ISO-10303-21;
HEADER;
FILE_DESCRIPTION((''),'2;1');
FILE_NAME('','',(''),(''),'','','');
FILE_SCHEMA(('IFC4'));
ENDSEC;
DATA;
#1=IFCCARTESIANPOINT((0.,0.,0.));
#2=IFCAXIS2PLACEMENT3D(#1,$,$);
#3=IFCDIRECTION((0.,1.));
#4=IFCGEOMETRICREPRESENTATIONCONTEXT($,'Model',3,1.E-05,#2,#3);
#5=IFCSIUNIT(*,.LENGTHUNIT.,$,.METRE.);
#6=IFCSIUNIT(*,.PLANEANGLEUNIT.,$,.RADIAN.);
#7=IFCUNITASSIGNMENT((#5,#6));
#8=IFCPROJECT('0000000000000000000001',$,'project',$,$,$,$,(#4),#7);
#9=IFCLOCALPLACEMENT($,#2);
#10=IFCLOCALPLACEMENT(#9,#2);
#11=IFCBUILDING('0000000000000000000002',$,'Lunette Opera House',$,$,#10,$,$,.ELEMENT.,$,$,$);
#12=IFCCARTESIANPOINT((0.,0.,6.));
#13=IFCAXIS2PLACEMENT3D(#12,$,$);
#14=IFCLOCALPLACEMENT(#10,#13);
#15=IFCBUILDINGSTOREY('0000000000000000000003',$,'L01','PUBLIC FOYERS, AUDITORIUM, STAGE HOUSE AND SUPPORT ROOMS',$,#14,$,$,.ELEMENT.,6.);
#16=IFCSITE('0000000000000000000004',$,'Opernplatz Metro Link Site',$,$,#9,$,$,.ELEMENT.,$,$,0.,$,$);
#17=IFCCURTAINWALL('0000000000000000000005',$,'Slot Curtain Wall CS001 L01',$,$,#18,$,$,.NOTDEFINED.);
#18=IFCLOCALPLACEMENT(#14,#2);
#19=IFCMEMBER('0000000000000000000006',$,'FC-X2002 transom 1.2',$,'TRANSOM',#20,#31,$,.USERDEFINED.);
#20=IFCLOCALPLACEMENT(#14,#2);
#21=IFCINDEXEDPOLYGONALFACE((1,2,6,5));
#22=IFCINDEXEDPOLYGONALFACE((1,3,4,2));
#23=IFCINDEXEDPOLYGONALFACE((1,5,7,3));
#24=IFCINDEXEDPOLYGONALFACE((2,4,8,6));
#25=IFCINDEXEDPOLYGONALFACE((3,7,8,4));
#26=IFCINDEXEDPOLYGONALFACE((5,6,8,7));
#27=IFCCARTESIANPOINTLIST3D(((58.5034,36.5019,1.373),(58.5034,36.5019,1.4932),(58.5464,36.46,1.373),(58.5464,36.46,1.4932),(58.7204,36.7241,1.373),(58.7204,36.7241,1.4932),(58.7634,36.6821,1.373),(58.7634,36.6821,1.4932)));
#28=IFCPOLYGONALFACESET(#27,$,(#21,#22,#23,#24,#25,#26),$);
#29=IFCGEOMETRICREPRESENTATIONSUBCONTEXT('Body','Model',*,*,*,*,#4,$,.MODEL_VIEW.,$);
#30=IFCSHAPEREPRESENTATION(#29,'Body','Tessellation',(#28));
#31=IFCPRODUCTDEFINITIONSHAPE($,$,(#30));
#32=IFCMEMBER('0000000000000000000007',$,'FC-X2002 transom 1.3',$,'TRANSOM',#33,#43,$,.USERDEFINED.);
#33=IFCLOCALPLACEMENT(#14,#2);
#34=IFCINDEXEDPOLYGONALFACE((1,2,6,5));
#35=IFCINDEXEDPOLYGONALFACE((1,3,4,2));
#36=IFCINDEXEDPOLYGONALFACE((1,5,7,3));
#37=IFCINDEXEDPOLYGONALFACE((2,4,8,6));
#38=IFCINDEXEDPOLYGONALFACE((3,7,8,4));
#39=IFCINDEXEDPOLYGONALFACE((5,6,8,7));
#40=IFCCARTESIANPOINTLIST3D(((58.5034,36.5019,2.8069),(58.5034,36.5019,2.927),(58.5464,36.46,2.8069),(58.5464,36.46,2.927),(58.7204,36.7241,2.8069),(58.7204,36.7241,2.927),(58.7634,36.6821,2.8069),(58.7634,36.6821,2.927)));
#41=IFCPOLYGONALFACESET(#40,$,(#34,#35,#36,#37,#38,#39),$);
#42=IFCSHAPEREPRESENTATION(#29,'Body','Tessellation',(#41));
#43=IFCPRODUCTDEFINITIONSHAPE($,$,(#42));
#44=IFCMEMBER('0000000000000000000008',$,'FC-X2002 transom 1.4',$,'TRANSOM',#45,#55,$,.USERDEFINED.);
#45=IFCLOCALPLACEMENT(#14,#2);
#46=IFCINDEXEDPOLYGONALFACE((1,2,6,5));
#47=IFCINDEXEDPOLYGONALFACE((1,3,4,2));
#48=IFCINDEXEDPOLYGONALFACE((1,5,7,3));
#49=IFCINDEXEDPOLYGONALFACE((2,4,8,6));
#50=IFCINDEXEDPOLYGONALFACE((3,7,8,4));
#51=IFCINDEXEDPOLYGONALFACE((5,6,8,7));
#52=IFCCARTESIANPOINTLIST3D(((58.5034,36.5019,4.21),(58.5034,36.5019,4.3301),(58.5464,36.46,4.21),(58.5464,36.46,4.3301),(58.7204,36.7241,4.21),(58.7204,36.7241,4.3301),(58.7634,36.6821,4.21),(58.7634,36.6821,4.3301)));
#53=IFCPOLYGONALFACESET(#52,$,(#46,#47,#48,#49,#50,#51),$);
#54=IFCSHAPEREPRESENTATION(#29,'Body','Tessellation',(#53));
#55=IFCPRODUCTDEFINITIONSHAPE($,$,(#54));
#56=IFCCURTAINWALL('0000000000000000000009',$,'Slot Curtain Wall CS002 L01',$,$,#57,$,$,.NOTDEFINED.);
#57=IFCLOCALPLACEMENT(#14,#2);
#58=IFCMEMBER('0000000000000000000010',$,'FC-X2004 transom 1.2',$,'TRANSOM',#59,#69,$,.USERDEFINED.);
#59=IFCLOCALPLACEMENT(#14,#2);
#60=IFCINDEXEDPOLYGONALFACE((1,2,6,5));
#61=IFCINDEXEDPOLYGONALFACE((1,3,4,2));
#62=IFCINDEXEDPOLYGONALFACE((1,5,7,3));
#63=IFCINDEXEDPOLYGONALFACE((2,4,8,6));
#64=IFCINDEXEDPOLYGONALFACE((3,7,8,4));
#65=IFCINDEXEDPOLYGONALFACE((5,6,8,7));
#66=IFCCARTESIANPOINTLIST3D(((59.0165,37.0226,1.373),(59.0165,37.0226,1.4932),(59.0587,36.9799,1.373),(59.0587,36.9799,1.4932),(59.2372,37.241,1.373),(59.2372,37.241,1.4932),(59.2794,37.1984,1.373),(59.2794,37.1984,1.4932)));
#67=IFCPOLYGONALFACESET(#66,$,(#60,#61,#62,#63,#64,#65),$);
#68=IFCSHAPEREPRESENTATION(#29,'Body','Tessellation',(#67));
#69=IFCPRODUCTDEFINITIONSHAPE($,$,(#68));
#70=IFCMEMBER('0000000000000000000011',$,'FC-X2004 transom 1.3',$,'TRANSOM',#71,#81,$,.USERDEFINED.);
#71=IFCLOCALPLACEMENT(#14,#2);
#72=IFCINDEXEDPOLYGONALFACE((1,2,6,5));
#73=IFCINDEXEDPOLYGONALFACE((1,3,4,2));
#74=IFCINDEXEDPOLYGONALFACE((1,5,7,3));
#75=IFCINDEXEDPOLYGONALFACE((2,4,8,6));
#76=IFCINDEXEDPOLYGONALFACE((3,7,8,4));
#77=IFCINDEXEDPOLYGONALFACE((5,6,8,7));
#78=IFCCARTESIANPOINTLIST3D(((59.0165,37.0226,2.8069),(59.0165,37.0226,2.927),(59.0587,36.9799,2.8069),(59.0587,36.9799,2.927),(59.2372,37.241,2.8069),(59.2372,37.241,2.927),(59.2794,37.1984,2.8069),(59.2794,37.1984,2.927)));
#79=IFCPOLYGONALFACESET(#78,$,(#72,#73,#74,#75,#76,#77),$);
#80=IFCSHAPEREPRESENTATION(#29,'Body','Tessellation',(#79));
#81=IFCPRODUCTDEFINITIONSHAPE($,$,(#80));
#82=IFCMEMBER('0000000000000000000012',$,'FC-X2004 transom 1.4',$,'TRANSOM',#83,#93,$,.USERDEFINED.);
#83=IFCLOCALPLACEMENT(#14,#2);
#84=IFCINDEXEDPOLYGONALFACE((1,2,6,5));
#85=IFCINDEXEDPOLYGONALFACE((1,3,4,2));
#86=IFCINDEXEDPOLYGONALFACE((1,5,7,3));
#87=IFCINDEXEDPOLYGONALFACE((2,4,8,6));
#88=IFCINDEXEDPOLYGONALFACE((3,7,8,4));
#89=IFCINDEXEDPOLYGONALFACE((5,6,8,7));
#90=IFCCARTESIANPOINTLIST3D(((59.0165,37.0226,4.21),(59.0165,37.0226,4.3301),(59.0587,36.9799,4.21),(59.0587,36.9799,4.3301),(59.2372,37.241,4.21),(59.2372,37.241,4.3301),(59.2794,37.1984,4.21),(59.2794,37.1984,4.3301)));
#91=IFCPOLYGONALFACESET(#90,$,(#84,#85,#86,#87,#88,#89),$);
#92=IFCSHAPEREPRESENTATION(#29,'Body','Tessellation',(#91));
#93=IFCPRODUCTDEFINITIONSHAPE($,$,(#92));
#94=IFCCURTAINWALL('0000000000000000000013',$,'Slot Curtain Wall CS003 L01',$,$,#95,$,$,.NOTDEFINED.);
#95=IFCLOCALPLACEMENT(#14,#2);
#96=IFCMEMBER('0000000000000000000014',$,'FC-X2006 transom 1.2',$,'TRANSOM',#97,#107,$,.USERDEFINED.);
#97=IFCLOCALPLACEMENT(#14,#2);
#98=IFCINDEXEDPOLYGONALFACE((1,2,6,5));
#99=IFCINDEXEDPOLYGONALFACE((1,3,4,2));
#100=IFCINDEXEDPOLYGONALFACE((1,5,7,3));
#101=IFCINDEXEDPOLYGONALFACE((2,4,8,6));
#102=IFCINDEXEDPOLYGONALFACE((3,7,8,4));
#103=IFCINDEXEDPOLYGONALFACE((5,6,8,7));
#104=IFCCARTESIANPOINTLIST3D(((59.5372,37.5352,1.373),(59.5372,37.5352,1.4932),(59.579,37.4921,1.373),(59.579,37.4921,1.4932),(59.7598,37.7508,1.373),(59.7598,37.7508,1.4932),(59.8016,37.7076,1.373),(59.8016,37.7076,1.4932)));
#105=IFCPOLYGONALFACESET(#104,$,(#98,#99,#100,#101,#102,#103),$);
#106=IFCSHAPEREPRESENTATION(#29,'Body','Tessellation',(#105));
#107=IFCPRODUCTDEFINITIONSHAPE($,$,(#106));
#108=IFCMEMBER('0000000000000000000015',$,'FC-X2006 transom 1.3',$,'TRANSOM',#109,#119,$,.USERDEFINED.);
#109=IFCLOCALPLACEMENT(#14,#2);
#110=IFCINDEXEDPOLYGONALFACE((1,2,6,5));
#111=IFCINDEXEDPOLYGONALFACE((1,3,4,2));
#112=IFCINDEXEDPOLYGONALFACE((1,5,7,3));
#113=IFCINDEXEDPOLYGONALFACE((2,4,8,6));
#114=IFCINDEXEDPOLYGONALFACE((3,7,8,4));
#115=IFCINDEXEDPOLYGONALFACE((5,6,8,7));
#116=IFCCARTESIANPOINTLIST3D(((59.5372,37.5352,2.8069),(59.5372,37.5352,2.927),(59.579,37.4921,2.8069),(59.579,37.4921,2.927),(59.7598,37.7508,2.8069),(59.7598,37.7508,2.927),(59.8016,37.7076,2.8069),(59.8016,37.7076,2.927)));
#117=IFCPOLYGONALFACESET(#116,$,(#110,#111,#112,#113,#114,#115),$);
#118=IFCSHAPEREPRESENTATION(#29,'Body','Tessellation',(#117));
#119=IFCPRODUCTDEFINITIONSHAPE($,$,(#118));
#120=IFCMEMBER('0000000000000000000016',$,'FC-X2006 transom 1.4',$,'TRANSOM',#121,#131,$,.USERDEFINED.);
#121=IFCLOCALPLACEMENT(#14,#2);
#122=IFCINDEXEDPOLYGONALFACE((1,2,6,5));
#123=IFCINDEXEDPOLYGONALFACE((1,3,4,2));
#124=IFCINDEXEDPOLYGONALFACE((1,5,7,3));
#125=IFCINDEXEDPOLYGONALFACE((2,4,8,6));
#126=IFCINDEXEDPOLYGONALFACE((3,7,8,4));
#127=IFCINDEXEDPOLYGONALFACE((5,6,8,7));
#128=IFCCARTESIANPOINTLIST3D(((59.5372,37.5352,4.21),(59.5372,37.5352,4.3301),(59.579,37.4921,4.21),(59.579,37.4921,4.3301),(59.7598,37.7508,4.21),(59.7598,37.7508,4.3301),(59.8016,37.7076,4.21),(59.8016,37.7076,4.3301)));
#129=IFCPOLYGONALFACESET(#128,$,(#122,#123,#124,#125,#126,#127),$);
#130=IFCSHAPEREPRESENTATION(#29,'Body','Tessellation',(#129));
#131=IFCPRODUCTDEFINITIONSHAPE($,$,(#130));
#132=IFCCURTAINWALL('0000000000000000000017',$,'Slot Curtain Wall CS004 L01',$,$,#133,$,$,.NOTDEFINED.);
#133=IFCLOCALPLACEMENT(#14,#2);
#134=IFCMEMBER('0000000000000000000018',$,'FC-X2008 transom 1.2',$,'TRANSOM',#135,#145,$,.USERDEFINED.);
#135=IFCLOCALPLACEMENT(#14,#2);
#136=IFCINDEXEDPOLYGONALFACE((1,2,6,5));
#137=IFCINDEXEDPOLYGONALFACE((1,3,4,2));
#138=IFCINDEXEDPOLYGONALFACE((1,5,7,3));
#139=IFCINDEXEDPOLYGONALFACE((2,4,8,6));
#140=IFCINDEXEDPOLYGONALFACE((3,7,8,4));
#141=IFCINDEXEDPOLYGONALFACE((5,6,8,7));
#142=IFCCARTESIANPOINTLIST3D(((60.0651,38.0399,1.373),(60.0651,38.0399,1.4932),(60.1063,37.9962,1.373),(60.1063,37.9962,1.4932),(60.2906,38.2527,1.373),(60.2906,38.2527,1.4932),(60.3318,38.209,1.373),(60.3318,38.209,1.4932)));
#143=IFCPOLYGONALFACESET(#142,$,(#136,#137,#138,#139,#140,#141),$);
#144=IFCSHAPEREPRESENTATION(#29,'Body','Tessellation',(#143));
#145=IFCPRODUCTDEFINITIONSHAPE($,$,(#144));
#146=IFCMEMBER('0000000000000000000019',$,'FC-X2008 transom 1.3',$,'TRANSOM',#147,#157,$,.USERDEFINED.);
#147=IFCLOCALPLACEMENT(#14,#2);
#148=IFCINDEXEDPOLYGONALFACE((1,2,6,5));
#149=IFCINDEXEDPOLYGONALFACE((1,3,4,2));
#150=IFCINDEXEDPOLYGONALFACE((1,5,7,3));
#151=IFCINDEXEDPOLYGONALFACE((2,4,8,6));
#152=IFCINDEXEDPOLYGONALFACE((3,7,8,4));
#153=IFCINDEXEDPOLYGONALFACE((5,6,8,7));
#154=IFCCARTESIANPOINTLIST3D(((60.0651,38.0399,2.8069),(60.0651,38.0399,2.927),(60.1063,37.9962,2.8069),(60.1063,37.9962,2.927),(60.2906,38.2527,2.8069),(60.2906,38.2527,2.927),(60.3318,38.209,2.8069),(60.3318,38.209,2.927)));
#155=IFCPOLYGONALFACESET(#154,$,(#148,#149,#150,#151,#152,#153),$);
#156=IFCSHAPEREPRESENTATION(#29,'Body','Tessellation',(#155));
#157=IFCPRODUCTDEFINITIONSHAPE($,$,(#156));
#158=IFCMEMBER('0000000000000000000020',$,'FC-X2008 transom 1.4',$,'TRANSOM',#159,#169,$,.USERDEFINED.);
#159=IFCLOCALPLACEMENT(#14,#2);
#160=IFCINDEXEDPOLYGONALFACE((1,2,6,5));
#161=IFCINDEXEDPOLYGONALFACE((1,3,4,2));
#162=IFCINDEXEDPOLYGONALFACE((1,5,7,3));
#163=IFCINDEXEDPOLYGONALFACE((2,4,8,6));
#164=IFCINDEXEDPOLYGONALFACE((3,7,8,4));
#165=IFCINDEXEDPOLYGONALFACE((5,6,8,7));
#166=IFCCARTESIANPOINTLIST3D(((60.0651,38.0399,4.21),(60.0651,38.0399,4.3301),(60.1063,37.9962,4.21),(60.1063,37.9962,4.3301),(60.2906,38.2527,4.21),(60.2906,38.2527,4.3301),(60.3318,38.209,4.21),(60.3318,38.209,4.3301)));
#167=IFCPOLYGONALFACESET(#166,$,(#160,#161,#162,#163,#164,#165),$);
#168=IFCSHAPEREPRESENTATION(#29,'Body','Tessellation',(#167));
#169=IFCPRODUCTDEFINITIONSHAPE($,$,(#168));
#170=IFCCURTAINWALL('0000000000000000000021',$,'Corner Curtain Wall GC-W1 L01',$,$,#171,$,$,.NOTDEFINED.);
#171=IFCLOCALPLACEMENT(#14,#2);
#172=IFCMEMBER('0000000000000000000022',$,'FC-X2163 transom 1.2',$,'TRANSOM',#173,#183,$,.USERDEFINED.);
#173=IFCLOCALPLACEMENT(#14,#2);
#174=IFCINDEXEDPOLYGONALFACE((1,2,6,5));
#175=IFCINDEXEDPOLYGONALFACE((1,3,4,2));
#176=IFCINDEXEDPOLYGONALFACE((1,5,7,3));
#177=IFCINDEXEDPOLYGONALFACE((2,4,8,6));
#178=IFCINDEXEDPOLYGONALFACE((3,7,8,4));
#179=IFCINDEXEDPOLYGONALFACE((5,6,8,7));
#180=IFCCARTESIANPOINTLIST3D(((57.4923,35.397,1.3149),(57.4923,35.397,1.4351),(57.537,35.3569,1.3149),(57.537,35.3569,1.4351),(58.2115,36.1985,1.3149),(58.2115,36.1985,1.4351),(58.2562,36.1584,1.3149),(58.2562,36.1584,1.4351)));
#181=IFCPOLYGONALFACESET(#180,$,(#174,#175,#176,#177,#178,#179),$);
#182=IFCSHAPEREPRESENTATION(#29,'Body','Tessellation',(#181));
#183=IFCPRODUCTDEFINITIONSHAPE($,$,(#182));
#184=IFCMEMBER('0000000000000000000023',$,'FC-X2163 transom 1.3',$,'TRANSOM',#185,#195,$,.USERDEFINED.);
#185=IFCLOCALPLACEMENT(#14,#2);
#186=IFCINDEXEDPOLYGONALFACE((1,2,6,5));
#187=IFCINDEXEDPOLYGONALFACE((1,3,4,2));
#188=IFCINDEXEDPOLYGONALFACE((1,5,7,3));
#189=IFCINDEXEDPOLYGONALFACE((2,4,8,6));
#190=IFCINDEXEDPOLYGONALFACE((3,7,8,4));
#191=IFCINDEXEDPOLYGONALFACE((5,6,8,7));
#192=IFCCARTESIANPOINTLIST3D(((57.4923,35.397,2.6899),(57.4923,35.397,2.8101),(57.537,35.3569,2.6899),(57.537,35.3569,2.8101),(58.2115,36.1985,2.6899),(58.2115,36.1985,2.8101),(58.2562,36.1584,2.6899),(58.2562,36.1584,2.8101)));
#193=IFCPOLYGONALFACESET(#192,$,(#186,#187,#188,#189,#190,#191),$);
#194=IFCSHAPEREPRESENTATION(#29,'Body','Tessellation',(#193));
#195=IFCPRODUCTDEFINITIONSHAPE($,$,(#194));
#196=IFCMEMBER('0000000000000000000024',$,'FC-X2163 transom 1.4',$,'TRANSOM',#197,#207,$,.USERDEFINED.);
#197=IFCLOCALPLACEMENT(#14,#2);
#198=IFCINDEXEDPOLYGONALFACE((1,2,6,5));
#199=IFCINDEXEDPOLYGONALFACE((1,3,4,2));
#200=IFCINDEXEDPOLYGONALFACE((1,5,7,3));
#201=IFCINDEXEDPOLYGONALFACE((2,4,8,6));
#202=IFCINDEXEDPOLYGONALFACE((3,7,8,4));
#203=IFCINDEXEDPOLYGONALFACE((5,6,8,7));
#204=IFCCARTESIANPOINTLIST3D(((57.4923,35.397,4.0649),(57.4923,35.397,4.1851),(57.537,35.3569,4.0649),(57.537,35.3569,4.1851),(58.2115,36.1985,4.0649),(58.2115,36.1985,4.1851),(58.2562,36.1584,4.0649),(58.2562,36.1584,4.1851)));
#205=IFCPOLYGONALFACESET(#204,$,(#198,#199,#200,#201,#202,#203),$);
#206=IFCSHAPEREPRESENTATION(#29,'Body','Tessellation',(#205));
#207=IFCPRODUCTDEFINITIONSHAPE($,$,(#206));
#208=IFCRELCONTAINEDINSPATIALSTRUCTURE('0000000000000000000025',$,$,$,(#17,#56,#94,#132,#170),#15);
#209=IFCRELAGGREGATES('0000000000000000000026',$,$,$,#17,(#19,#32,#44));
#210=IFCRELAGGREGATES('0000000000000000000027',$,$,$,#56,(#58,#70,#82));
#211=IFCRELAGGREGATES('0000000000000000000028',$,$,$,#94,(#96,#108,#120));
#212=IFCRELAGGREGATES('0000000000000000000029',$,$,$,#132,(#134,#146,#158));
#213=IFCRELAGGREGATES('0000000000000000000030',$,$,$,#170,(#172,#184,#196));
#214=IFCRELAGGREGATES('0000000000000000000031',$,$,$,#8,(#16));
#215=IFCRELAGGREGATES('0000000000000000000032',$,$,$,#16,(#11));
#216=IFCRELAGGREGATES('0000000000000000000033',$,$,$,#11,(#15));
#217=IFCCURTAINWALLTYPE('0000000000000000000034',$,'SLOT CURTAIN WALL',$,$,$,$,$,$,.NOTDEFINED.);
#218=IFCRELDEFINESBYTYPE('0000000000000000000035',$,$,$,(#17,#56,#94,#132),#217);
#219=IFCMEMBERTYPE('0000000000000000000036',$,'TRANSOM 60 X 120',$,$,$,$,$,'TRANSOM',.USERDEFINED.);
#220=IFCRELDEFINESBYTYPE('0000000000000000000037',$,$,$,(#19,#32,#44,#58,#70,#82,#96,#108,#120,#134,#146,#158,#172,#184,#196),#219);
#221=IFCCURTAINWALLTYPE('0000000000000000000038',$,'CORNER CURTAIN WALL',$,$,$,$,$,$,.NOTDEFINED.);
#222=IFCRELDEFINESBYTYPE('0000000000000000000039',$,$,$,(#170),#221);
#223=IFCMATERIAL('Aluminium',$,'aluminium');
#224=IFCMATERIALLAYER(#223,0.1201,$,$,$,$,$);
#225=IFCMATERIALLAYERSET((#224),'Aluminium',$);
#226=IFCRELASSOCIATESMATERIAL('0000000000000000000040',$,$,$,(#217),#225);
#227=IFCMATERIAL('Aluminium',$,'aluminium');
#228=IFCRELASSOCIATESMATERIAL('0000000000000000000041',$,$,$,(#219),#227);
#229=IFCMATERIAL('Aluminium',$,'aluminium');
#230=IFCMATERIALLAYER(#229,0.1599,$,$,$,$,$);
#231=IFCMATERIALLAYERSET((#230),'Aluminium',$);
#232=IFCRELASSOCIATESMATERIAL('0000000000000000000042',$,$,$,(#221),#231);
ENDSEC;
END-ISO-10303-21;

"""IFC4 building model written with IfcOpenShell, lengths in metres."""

from ifc_helpers import new_model, si_unit, direction, frame, origin, origin_2d, place, context, subcontext, project, spatial, rectangle, extrude, material, layer, layer_set, material_profile, profile_set, type_object, element, aggregate, save


model = new_model("IFC4")

# Units and contexts
model_context = context("Model", 3, precision=1e-05, world=origin(), true_north=direction((0.0, 1.0)))
body_context = subcontext(model_context, "Body", "Model", "MODEL_VIEW")
ifc_project = project(units=[si_unit("LENGTHUNIT", "METRE"), si_unit("PLANEANGLEUNIT", "RADIAN")], contexts=[model_context])

# Site, building, storey
site_placement = place(None, origin())
site = spatial("IfcSite", under=ifc_project, at=site_placement, Name="Opernplatz Metro Link Site", CompositionType="ELEMENT", RefElevation=0.0)
building_placement = place(site_placement, origin())
building = spatial("IfcBuilding", under=site, at=building_placement, Name="Lunette Opera House", CompositionType="ELEMENT")
storey_placement = place(building_placement, frame((0.0, 0.0, 6.0)))
storey = spatial("IfcBuildingStorey", under=building, at=storey_placement, Name="L01", Description="PUBLIC FOYERS, AUDITORIUM, STAGE HOUSE AND SUPPORT ROOMS", CompositionType="ELEMENT", Elevation=6.0)

# Curtain walls, members
ifc_material_1 = material(Name="Aluminium", Category="aluminium")
ifc_layer_1 = layer(ifc_material_1, 0.1201)
ifc_layer_set_1 = layer_set([ifc_layer_1], Name="Aluminium")
curtain_wall_type_1 = type_object("IfcCurtainWallType", Name="SLOT CURTAIN WALL", PredefinedType="NOTDEFINED", material=ifc_layer_set_1)
curtain_wall_1_placement = place(storey_placement, origin())
curtain_wall_1 = element("IfcCurtainWall", 1, at=curtain_wall_1_placement, inside=storey, type_object=curtain_wall_type_1, Name="Slot Curtain Wall CS001 L01", PredefinedType="NOTDEFINED")
ifc_material_2 = material(Name="Aluminium", Category="aluminium")
ifc_material_profile = material_profile(ifc_material_2, rectangle(XDim=0.0601, YDim=0.1201, at=origin_2d()), Name="TRANSOM 60 X 120")
ifc_profile_set = profile_set([ifc_material_profile], Name="Aluminium")
member_type = type_object("IfcMemberType", Name="TRANSOM 60 X 120", ElementType="TRANSOM", PredefinedType="USERDEFINED", material=ifc_profile_set)
member_1_placement = place(storey_placement, frame((58.5249, 36.481, 1.4331), z_axis=(0.698805, 0.715312, 0.0), x_axis=(-0.715312, 0.698805, 0.0)))
member_1 = element("IfcMember", 2, at=member_1_placement, type_object=member_type, Name="FC-X2002 transom 1.2", ObjectType="TRANSOM", PredefinedType="USERDEFINED", context=body_context, shape_type="SweptSolid", body=[
    extrude(rectangle(XDim=0.0601, YDim=0.1201, at=origin_2d()), origin(), (0.0, 0.0, 1.0), 0.3105),
])
member_2_placement = place(storey_placement, frame((58.5249, 36.481, 2.8669), z_axis=(0.698805, 0.715312, 0.0), x_axis=(-0.715312, 0.698805, 0.0)))
member_2 = element("IfcMember", 3, at=member_2_placement, type_object=member_type, Name="FC-X2002 transom 1.3", ObjectType="TRANSOM", PredefinedType="USERDEFINED", context=body_context, shape_type="SweptSolid", body=[
    extrude(rectangle(XDim=0.0601, YDim=0.1201, at=origin_2d()), origin(), (0.0, 0.0, 1.0), 0.3105),
])
member_3_placement = place(storey_placement, frame((58.5249, 36.481, 4.27), z_axis=(0.698805, 0.715312, 0.0), x_axis=(-0.715312, 0.698805, 0.0)))
member_3 = element("IfcMember", 4, at=member_3_placement, type_object=member_type, Name="FC-X2002 transom 1.4", ObjectType="TRANSOM", PredefinedType="USERDEFINED", context=body_context, shape_type="SweptSolid", body=[
    extrude(rectangle(XDim=0.0601, YDim=0.1201, at=origin_2d()), origin(), (0.0, 0.0, 1.0), 0.3105),
])
curtain_wall_2_placement = place(storey_placement, origin())
curtain_wall_2 = element("IfcCurtainWall", 5, at=curtain_wall_2_placement, inside=storey, type_object=curtain_wall_type_1, Name="Slot Curtain Wall CS002 L01", PredefinedType="NOTDEFINED")
member_4_placement = place(storey_placement, frame((59.0376, 37.0012, 1.4331), z_axis=(0.710635, 0.70356, 0.0), x_axis=(-0.70356, 0.710635, 0.0)))
member_4 = element("IfcMember", 6, at=member_4_placement, type_object=member_type, Name="FC-X2004 transom 1.2", ObjectType="TRANSOM", PredefinedType="USERDEFINED", context=body_context, shape_type="SweptSolid", body=[
    extrude(rectangle(XDim=0.0601, YDim=0.1201, at=origin_2d()), origin(), (0.0, 0.0, 1.0), 0.3105),
])
member_5_placement = place(storey_placement, frame((59.0376, 37.0012, 2.8669), z_axis=(0.710635, 0.70356, 0.0), x_axis=(-0.70356, 0.710635, 0.0)))
member_5 = element("IfcMember", 7, at=member_5_placement, type_object=member_type, Name="FC-X2004 transom 1.3", ObjectType="TRANSOM", PredefinedType="USERDEFINED", context=body_context, shape_type="SweptSolid", body=[
    extrude(rectangle(XDim=0.0601, YDim=0.1201, at=origin_2d()), origin(), (0.0, 0.0, 1.0), 0.3105),
])
member_6_placement = place(storey_placement, frame((59.0376, 37.0012, 4.27), z_axis=(0.710635, 0.70356, 0.0), x_axis=(-0.70356, 0.710635, 0.0)))
member_6 = element("IfcMember", 8, at=member_6_placement, type_object=member_type, Name="FC-X2004 transom 1.4", ObjectType="TRANSOM", PredefinedType="USERDEFINED", context=body_context, shape_type="SweptSolid", body=[
    extrude(rectangle(XDim=0.0601, YDim=0.1201, at=origin_2d()), origin(), (0.0, 0.0, 1.0), 0.3105),
])
curtain_wall_3_placement = place(storey_placement, origin())
curtain_wall_3 = element("IfcCurtainWall", 9, at=curtain_wall_3_placement, inside=storey, type_object=curtain_wall_type_1, Name="Slot Curtain Wall CS003 L01", PredefinedType="NOTDEFINED")
member_7_placement = place(storey_placement, frame((59.5581, 37.5137, 1.4331), z_axis=(0.718437, 0.695592, 0.0), x_axis=(-0.695592, 0.718437, 0.0)))
member_7 = element("IfcMember", 10, at=member_7_placement, type_object=member_type, Name="FC-X2006 transom 1.2", ObjectType="TRANSOM", PredefinedType="USERDEFINED", context=body_context, shape_type="SweptSolid", body=[
    extrude(rectangle(XDim=0.0601, YDim=0.1201, at=origin_2d()), origin(), (0.0, 0.0, 1.0), 0.3098),
])
member_8_placement = place(storey_placement, frame((59.5581, 37.5137, 2.8669), z_axis=(0.718437, 0.695592, 0.0), x_axis=(-0.695592, 0.718437, 0.0)))
member_8 = element("IfcMember", 11, at=member_8_placement, type_object=member_type, Name="FC-X2006 transom 1.3", ObjectType="TRANSOM", PredefinedType="USERDEFINED", context=body_context, shape_type="SweptSolid", body=[
    extrude(rectangle(XDim=0.0601, YDim=0.1201, at=origin_2d()), origin(), (0.0, 0.0, 1.0), 0.3098),
])
member_9_placement = place(storey_placement, frame((59.5581, 37.5137, 4.27), z_axis=(0.718437, 0.695592, 0.0), x_axis=(-0.695592, 0.718437, 0.0)))
member_9 = element("IfcMember", 12, at=member_9_placement, type_object=member_type, Name="FC-X2006 transom 1.4", ObjectType="TRANSOM", PredefinedType="USERDEFINED", context=body_context, shape_type="SweptSolid", body=[
    extrude(rectangle(XDim=0.0601, YDim=0.1201, at=origin_2d()), origin(), (0.0, 0.0, 1.0), 0.3098),
])
curtain_wall_4_placement = place(storey_placement, origin())
curtain_wall_4 = element("IfcCurtainWall", 13, at=curtain_wall_4_placement, inside=storey, type_object=curtain_wall_type_1, Name="Slot Curtain Wall CS004 L01", PredefinedType="NOTDEFINED")
member_10_placement = place(storey_placement, frame((60.0857, 38.0181, 1.4331), z_axis=(0.727275, 0.686346, 0.0), x_axis=(-0.686346, 0.727275, 0.0)))
member_10 = element("IfcMember", 14, at=member_10_placement, type_object=member_type, Name="FC-X2008 transom 1.2", ObjectType="TRANSOM", PredefinedType="USERDEFINED", context=body_context, shape_type="SweptSolid", body=[
    extrude(rectangle(XDim=0.0601, YDim=0.1201, at=origin_2d()), origin(), (0.0, 0.0, 1.0), 0.3101),
])
member_11_placement = place(storey_placement, frame((60.0857, 38.0181, 2.8669), z_axis=(0.727275, 0.686346, 0.0), x_axis=(-0.686346, 0.727275, 0.0)))
member_11 = element("IfcMember", 15, at=member_11_placement, type_object=member_type, Name="FC-X2008 transom 1.3", ObjectType="TRANSOM", PredefinedType="USERDEFINED", context=body_context, shape_type="SweptSolid", body=[
    extrude(rectangle(XDim=0.0601, YDim=0.1201, at=origin_2d()), origin(), (0.0, 0.0, 1.0), 0.3101),
])
member_12_placement = place(storey_placement, frame((60.0857, 38.0181, 4.27), z_axis=(0.727275, 0.686346, 0.0), x_axis=(-0.686346, 0.727275, 0.0)))
member_12 = element("IfcMember", 16, at=member_12_placement, type_object=member_type, Name="FC-X2008 transom 1.4", ObjectType="TRANSOM", PredefinedType="USERDEFINED", context=body_context, shape_type="SweptSolid", body=[
    extrude(rectangle(XDim=0.0601, YDim=0.1201, at=origin_2d()), origin(), (0.0, 0.0, 1.0), 0.3101),
])
ifc_material_3 = material(Name="Aluminium", Category="aluminium")
ifc_layer_2 = layer(ifc_material_3, 0.1599)
ifc_layer_set_2 = layer_set([ifc_layer_2], Name="Aluminium")
curtain_wall_type_2 = type_object("IfcCurtainWallType", Name="CORNER CURTAIN WALL", PredefinedType="NOTDEFINED", material=ifc_layer_set_2)
curtain_wall_5_placement = place(storey_placement, origin())
curtain_wall_5 = element("IfcCurtainWall", 17, at=curtain_wall_5_placement, inside=storey, type_object=curtain_wall_type_2, Name="Corner Curtain Wall GC-W1 L01", PredefinedType="NOTDEFINED")
member_13_placement = place(storey_placement, frame((58.2339, 36.1785, 1.375), z_axis=(-0.667874, -0.744274, 0.0), x_axis=(0.744274, -0.667874, 0.0)))
member_13 = element("IfcMember", 18, at=member_13_placement, type_object=member_type, Name="FC-X2163 transom 1.2", ObjectType="TRANSOM", PredefinedType="USERDEFINED", context=body_context, shape_type="SweptSolid", body=[
    extrude(rectangle(XDim=0.0601, YDim=0.1201, at=origin_2d()), origin(), (0.0, 0.0, 1.0), 1.0769),
])
member_14_placement = place(storey_placement, frame((58.2339, 36.1785, 2.75), z_axis=(-0.667874, -0.744274, 0.0), x_axis=(0.744274, -0.667874, 0.0)))
member_14 = element("IfcMember", 19, at=member_14_placement, type_object=member_type, Name="FC-X2163 transom 1.3", ObjectType="TRANSOM", PredefinedType="USERDEFINED", context=body_context, shape_type="SweptSolid", body=[
    extrude(rectangle(XDim=0.0601, YDim=0.1201, at=origin_2d()), origin(), (0.0, 0.0, 1.0), 1.0769),
])
member_15_placement = place(storey_placement, frame((58.2339, 36.1785, 4.125), z_axis=(-0.667874, -0.744274, 0.0), x_axis=(0.744274, -0.667874, 0.0)))
member_15 = element("IfcMember", 20, at=member_15_placement, type_object=member_type, Name="FC-X2163 transom 1.4", ObjectType="TRANSOM", PredefinedType="USERDEFINED", context=body_context, shape_type="SweptSolid", body=[
    extrude(rectangle(XDim=0.0601, YDim=0.1201, at=origin_2d()), origin(), (0.0, 0.0, 1.0), 1.0769),
])

aggregate(curtain_wall_1, [member_1, member_2, member_3])
aggregate(curtain_wall_2, [member_4, member_5, member_6])
aggregate(curtain_wall_3, [member_7, member_8, member_9])
aggregate(curtain_wall_4, [member_10, member_11, member_12])
aggregate(curtain_wall_5, [member_13, member_14, member_15])

save(model, "model.ifc")
